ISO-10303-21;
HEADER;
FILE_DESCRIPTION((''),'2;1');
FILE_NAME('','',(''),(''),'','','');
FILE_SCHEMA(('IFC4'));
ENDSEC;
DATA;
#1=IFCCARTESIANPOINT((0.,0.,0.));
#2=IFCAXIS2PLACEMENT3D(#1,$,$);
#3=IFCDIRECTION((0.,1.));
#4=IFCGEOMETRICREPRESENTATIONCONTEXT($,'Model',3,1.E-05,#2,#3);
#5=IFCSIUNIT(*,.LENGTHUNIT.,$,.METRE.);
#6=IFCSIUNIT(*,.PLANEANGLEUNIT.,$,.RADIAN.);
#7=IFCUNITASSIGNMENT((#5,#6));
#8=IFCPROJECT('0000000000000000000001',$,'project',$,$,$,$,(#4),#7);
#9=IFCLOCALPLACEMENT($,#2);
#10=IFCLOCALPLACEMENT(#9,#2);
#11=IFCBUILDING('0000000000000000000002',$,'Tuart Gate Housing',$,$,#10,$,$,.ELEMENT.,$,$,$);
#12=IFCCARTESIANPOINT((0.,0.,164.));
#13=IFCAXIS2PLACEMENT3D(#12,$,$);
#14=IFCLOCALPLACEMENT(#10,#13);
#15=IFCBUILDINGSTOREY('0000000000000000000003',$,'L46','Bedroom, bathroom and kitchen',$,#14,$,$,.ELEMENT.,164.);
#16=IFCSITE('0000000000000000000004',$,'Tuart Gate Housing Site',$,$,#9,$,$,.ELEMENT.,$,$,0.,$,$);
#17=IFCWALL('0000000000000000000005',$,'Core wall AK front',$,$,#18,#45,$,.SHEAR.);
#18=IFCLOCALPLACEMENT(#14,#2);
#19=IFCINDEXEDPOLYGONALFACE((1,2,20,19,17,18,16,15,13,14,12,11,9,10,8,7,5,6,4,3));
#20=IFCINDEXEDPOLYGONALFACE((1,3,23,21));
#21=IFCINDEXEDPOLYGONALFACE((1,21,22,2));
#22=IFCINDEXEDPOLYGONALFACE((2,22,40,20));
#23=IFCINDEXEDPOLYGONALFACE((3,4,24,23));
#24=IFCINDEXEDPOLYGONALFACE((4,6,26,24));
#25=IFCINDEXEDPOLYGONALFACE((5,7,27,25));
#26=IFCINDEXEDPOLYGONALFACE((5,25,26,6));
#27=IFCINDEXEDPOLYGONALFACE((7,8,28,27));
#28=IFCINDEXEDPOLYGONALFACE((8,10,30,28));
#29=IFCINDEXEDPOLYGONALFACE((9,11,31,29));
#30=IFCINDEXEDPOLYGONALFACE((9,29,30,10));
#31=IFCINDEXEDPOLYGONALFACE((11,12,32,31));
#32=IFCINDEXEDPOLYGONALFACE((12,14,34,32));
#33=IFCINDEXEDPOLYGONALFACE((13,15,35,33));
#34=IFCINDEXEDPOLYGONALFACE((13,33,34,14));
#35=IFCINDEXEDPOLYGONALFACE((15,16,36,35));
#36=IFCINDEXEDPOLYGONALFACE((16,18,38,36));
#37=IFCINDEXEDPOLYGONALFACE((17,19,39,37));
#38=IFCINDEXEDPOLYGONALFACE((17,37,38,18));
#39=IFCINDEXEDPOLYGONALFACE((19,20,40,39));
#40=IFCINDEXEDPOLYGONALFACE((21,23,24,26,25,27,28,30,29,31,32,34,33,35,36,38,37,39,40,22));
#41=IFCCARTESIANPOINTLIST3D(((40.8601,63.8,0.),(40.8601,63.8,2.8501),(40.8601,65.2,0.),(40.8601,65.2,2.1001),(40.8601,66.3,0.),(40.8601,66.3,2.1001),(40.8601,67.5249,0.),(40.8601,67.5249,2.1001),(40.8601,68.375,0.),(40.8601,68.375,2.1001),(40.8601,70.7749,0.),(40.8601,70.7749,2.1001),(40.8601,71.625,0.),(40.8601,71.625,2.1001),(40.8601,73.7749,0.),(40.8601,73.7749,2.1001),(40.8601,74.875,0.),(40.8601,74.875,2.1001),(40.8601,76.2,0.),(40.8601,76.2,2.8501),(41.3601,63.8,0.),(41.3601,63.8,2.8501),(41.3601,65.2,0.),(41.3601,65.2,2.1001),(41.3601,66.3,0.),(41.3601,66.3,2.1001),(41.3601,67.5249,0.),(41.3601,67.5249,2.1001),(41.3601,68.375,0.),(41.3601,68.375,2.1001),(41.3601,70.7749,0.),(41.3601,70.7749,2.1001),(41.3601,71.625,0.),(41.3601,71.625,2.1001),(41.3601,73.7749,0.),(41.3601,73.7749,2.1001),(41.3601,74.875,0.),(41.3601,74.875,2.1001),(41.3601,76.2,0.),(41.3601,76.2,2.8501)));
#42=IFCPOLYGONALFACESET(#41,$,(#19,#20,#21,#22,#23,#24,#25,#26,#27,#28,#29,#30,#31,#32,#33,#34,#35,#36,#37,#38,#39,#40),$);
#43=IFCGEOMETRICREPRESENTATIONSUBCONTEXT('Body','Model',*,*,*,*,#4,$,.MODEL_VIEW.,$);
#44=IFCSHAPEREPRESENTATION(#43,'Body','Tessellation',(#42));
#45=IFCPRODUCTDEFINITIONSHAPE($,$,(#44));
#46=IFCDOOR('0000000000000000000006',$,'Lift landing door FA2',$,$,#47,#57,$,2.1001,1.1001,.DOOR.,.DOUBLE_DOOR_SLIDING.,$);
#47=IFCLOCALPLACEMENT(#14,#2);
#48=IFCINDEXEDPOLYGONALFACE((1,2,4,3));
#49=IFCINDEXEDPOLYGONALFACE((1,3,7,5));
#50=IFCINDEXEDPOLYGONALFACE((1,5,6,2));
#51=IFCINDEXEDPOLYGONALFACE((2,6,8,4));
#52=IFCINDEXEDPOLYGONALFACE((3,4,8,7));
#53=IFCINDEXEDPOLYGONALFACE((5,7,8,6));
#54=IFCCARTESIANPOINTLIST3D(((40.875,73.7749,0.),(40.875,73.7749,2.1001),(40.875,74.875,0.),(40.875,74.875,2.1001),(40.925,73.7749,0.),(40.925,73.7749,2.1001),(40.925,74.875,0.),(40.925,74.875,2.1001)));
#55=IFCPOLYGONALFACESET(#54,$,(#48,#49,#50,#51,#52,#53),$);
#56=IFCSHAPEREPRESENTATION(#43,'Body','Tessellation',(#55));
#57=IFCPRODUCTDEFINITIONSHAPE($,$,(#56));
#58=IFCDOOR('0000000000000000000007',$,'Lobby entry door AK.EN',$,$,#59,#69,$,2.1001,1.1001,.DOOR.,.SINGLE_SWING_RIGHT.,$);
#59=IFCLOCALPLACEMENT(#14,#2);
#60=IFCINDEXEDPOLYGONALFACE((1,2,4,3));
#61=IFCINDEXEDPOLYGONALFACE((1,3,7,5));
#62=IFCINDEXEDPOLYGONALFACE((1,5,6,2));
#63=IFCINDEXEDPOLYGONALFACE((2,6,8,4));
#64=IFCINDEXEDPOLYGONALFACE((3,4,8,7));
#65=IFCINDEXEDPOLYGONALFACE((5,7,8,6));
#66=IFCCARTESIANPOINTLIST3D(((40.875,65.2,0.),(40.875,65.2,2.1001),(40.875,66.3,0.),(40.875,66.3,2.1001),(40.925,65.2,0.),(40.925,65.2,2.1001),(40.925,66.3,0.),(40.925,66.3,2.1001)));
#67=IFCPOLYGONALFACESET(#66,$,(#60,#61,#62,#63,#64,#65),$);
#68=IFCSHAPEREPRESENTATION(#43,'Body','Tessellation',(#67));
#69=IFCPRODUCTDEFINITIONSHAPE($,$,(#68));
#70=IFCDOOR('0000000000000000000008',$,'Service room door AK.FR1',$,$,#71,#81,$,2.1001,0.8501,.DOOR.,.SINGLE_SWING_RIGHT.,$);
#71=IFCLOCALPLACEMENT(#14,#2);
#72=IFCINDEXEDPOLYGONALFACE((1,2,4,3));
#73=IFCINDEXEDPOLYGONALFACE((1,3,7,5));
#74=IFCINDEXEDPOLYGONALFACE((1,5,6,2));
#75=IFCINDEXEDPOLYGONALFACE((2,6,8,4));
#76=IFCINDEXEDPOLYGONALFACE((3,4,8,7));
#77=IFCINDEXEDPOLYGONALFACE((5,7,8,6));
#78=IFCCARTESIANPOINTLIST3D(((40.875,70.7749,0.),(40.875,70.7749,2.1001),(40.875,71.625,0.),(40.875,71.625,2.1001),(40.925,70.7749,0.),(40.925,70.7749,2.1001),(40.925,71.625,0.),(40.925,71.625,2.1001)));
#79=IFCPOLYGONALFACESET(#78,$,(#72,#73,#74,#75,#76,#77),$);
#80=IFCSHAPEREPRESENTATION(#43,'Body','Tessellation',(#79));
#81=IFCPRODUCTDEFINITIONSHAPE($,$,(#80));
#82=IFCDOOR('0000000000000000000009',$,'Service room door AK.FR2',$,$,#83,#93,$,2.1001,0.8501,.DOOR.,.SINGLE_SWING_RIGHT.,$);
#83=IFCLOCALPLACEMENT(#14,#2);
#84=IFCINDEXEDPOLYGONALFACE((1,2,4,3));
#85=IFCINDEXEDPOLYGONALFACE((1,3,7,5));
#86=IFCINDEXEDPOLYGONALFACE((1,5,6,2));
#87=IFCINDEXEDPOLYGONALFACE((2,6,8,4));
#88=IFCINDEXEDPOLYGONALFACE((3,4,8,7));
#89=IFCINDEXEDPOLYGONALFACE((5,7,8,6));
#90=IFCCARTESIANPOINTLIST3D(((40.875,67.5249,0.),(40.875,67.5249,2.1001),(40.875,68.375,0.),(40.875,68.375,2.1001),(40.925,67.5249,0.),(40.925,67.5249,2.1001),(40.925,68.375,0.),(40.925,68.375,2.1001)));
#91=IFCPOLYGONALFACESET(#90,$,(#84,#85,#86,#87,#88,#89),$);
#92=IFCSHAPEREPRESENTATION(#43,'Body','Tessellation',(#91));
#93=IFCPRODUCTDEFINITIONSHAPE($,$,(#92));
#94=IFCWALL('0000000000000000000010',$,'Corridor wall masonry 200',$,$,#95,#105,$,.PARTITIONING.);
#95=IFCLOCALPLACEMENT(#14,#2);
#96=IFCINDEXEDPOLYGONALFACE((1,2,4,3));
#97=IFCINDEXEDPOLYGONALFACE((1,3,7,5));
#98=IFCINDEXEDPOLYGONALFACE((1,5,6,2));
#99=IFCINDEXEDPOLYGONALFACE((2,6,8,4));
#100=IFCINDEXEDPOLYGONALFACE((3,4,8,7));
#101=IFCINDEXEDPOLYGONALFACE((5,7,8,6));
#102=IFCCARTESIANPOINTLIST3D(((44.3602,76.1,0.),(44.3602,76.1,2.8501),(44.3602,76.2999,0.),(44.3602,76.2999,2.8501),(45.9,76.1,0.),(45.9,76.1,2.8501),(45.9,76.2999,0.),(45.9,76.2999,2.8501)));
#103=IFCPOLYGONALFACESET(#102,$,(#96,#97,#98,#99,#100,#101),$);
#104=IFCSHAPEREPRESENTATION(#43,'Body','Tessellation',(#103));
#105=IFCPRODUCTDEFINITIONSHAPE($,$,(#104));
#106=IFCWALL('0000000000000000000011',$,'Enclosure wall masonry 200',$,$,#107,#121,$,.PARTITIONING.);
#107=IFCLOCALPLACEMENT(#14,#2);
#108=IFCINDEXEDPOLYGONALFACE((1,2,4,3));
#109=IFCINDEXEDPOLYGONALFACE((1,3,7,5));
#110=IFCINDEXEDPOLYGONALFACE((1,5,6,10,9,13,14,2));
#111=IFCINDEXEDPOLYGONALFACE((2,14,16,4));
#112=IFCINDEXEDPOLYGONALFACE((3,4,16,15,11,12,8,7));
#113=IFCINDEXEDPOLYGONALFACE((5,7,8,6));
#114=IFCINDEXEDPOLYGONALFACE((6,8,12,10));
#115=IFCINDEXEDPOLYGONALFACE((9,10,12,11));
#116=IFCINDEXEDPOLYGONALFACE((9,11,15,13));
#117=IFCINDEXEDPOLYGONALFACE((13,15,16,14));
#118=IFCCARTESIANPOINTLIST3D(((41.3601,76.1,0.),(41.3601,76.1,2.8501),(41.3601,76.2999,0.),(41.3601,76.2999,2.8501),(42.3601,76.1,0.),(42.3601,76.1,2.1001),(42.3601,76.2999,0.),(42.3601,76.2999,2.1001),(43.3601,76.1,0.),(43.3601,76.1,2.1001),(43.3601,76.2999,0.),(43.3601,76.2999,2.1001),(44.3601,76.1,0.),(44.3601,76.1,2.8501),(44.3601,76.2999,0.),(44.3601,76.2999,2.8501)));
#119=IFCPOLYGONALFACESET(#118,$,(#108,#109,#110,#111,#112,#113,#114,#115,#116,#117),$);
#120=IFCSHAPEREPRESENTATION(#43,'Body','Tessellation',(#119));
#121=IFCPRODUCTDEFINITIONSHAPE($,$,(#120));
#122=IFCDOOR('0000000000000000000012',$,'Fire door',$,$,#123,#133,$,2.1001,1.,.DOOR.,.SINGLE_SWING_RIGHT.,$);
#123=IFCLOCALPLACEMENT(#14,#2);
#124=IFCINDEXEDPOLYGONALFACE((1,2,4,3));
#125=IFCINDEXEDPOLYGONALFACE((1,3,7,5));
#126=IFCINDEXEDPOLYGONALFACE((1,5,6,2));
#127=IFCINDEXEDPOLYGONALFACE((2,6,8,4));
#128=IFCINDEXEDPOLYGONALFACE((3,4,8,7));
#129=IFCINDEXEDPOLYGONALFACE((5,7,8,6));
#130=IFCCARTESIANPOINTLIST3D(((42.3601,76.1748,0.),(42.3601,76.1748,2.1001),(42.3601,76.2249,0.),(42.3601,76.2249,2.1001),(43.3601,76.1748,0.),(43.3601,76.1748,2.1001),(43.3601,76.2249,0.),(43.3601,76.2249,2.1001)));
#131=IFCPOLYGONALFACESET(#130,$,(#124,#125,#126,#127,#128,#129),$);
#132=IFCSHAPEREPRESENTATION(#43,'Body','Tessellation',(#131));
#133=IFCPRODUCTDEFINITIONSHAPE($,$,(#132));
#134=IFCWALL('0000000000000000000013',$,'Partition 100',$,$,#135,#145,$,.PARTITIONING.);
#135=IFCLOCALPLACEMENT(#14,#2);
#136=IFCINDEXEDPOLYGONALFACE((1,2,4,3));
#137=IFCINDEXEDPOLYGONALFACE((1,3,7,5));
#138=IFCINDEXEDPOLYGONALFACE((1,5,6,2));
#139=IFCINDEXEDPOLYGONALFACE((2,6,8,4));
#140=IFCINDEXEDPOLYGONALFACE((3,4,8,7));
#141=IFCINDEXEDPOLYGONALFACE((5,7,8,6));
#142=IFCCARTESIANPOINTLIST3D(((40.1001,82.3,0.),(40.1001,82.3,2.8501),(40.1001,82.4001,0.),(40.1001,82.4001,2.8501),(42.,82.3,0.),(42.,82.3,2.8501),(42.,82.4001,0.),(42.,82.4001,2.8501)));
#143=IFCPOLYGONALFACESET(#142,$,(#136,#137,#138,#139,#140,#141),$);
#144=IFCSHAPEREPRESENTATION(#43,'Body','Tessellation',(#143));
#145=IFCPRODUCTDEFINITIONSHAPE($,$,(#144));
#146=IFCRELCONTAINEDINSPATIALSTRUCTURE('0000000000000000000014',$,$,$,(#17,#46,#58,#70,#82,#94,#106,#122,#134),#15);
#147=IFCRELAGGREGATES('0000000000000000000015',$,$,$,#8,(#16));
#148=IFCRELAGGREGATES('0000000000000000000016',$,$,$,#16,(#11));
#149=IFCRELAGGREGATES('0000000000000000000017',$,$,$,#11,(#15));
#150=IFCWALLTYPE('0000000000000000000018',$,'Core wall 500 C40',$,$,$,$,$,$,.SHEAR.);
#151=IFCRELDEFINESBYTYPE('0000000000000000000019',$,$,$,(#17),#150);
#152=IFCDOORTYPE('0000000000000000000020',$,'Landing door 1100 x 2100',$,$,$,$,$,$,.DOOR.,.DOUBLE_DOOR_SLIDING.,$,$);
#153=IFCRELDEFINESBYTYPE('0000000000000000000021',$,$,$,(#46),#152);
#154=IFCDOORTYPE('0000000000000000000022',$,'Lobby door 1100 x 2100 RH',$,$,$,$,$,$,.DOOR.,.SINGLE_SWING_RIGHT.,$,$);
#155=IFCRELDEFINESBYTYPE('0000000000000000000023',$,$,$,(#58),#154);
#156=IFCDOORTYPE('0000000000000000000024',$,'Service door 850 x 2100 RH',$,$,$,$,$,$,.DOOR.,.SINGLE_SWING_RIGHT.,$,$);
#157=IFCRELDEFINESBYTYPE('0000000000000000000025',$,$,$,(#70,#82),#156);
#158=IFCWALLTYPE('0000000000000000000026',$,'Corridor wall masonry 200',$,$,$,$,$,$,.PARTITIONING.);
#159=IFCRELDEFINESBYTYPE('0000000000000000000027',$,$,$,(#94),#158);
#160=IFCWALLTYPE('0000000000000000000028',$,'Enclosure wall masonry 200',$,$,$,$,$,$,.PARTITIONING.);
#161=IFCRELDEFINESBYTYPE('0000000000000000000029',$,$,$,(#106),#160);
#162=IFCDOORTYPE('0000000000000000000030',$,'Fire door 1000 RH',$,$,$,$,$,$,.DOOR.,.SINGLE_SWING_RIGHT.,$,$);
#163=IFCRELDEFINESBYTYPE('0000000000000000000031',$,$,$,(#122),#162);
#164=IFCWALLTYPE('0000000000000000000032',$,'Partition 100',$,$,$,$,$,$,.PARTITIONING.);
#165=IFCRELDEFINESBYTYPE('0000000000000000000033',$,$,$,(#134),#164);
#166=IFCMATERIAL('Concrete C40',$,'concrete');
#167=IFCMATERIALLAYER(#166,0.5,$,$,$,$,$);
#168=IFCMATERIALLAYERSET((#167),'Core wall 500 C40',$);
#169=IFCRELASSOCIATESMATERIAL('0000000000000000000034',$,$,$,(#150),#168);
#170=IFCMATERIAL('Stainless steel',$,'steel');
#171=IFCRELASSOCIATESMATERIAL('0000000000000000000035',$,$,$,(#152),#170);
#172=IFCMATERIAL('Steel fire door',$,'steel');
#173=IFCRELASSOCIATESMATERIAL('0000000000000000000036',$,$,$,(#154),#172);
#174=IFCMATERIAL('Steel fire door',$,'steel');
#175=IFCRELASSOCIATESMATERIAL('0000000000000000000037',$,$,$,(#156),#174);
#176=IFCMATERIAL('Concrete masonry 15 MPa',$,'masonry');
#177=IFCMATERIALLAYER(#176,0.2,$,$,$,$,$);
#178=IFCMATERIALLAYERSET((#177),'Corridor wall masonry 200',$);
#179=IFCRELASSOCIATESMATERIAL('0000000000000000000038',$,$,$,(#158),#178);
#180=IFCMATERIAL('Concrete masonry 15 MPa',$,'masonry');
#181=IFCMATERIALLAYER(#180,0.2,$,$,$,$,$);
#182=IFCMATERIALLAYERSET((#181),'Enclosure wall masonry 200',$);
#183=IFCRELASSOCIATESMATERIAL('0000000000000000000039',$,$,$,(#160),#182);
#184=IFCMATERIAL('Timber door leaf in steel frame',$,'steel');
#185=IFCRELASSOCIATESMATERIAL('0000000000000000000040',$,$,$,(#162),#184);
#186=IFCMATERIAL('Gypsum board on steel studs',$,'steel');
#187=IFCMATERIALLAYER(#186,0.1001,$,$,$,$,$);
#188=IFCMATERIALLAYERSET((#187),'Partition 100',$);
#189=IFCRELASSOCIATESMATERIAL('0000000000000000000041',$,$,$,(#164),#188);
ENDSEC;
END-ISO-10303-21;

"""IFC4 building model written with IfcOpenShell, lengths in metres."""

from ifc_helpers import new_model, si_unit, direction, frame, frame_2d, origin, place, context, subcontext, project, spatial, rectangle, extrude, material, layer, layer_set, type_object, element, fill, save


model = new_model("IFC4")

# Units and contexts
model_context = context("Model", 3, precision=1e-05, world=origin(), true_north=direction((0.0, 1.0)))
body_context = subcontext(model_context, "Body", "Model", "MODEL_VIEW")
ifc_project = project(units=[si_unit("LENGTHUNIT", "METRE"), si_unit("PLANEANGLEUNIT", "RADIAN")], contexts=[model_context])

# Site, building, storey
site_placement = place(None, origin())
site = spatial("IfcSite", under=ifc_project, at=site_placement, Name="Tuart Gate Housing Site", CompositionType="ELEMENT", RefElevation=0.0)
building_placement = place(site_placement, origin())
building = spatial("IfcBuilding", under=site, at=building_placement, Name="Tuart Gate Housing", CompositionType="ELEMENT")
storey_placement = place(building_placement, frame((0.0, 0.0, 164.0)))
storey = spatial("IfcBuildingStorey", under=building, at=storey_placement, Name="L46", Description="Bedroom, bathroom and kitchen", CompositionType="ELEMENT", Elevation=164.0)

# Wall, openings, doors
ifc_material_1 = material(Name="Concrete C40", Category="concrete")
ifc_layer_1 = layer(ifc_material_1, 0.5)
ifc_layer_set_1 = layer_set([ifc_layer_1], Name="Core wall 500 C40")
wall_type_1 = type_object("IfcWallType", Name="Core wall 500 C40", PredefinedType="SHEAR", material=ifc_layer_set_1)
wall_1_placement = place(storey_placement, frame((41.1101, 76.2, 0.0), z_axis=(0.0, 0.0, 1.0), x_axis=(0.0, -1.0, 0.0)))
wall_1 = element("IfcWall", 1, at=wall_1_placement, inside=storey, type_object=wall_type_1, Name="Core wall AK front", PredefinedType="SHEAR", context=body_context, shape_type="SweptSolid", body=[
    extrude(rectangle(XDim=12.3999, YDim=0.5, at=frame_2d((6.2, 0.0))), origin(), (0.0, 0.0, 1.0), 2.8501),
])
opening_1_placement = place(wall_1_placement, frame((1.325, 0.0, 0.0)))
opening_1 = element("IfcOpeningElement", 2, at=opening_1_placement, cuts=wall_1, PredefinedType="OPENING", context=body_context, shape_type="SweptSolid", body=[
    extrude(rectangle(XDim=1.1001, YDim=2.1001, at=frame_2d((0.55, 1.05))), frame((0.0, 0.26, 0.0), z_axis=(0.0, -1.0, 0.0), x_axis=(1.0, 0.0, 0.0)), (0.0, 0.0, 1.0), 0.52),
])
opening_2_placement = place(wall_1_placement, frame((4.575, 0.0, 0.0)))
opening_2 = element("IfcOpeningElement", 3, at=opening_2_placement, cuts=wall_1, PredefinedType="OPENING", context=body_context, shape_type="SweptSolid", body=[
    extrude(rectangle(XDim=0.8501, YDim=2.1001, at=frame_2d((0.425, 1.05))), frame((0.0, 0.26, 0.0), z_axis=(0.0, -1.0, 0.0), x_axis=(1.0, 0.0, 0.0)), (0.0, 0.0, 1.0), 0.52),
])
opening_3_placement = place(wall_1_placement, frame((7.825, 0.0, 0.0)))
opening_3 = element("IfcOpeningElement", 4, at=opening_3_placement, cuts=wall_1, PredefinedType="OPENING", context=body_context, shape_type="SweptSolid", body=[
    extrude(rectangle(XDim=0.8501, YDim=2.1001, at=frame_2d((0.425, 1.05))), frame((0.0, 0.26, 0.0), z_axis=(0.0, -1.0, 0.0), x_axis=(1.0, 0.0, 0.0)), (0.0, 0.0, 1.0), 0.52),
])
opening_4_placement = place(wall_1_placement, frame((9.8999, 0.0, 0.0)))
opening_4 = element("IfcOpeningElement", 5, at=opening_4_placement, cuts=wall_1, PredefinedType="OPENING", context=body_context, shape_type="SweptSolid", body=[
    extrude(rectangle(XDim=1.1001, YDim=2.1001, at=frame_2d((0.55, 1.05))), frame((0.0, 0.26, 0.0), z_axis=(0.0, -1.0, 0.0), x_axis=(1.0, 0.0, 0.0)), (0.0, 0.0, 1.0), 0.52),
])
ifc_material_2 = material(Name="Stainless steel", Category="steel")
door_type_1 = type_object("IfcDoorType", Name="Landing door 1100 x 2100", OperationType="DOUBLE_DOOR_SLIDING", PredefinedType="DOOR", material=ifc_material_2)
door_1_placement = place(opening_1_placement, origin())
door_1 = element("IfcDoor", 6, at=door_1_placement, inside=storey, type_object=door_type_1, Name="Lift landing door FA2", OperationType="DOUBLE_DOOR_SLIDING", OverallHeight=2.1001, OverallWidth=1.1001, PredefinedType="DOOR", context=body_context, shape_type="SweptSolid", body=[
    extrude(rectangle(XDim=1.1001, YDim=2.1001, at=frame_2d((0.55, 1.05))), frame((0.0, -0.1851, 0.0), z_axis=(0.0, -1.0, 0.0), x_axis=(1.0, 0.0, 0.0)), (0.0, 0.0, 1.0), 0.05),
])
fill(opening_1, door_1)
ifc_material_3 = material(Name="Steel fire door", Category="steel")
door_type_2 = type_object("IfcDoorType", Name="Lobby door 1100 x 2100 RH", OperationType="SINGLE_SWING_RIGHT", PredefinedType="DOOR", material=ifc_material_3)
door_2_placement = place(opening_4_placement, frame((1.1001, 0.0, 0.0), z_axis=(0.0, 0.0, 1.0), x_axis=(-1.0, 0.0, 0.0)))
door_2 = element("IfcDoor", 7, at=door_2_placement, inside=storey, type_object=door_type_2, Name="Lobby entry door AK.EN", OperationType="SINGLE_SWING_RIGHT", OverallHeight=2.1001, OverallWidth=1.1001, PredefinedType="DOOR", context=body_context, shape_type="SweptSolid", body=[
    extrude(rectangle(XDim=1.1001, YDim=2.1001, at=frame_2d((0.55, 1.05))), frame((0.0, 0.2351, 0.0), z_axis=(0.0, -1.0, 0.0), x_axis=(1.0, 0.0, 0.0)), (0.0, 0.0, 1.0), 0.05),
])
fill(opening_4, door_2)
ifc_material_4 = material(Name="Steel fire door", Category="steel")
door_type_3 = type_object("IfcDoorType", Name="Service door 850 x 2100 RH", OperationType="SINGLE_SWING_RIGHT", PredefinedType="DOOR", material=ifc_material_4)
door_3_placement = place(opening_2_placement, frame((0.8501, 0.0, 0.0), z_axis=(0.0, 0.0, 1.0), x_axis=(-1.0, 0.0, 0.0)))
door_3 = element("IfcDoor", 8, at=door_3_placement, inside=storey, type_object=door_type_3, Name="Service room door AK.FR1", OperationType="SINGLE_SWING_RIGHT", OverallHeight=2.1001, OverallWidth=0.8501, PredefinedType="DOOR", context=body_context, shape_type="SweptSolid", body=[
    extrude(rectangle(XDim=0.8501, YDim=2.1001, at=frame_2d((0.425, 1.05))), frame((0.0, 0.2351, 0.0), z_axis=(0.0, -1.0, 0.0), x_axis=(1.0, 0.0, 0.0)), (0.0, 0.0, 1.0), 0.05),
])
fill(opening_2, door_3)
door_4_placement = place(opening_3_placement, frame((0.8501, 0.0, 0.0), z_axis=(0.0, 0.0, 1.0), x_axis=(-1.0, 0.0, 0.0)))
door_4 = element("IfcDoor", 9, at=door_4_placement, inside=storey, type_object=door_type_3, Name="Service room door AK.FR2", OperationType="SINGLE_SWING_RIGHT", OverallHeight=2.1001, OverallWidth=0.8501, PredefinedType="DOOR", context=body_context, shape_type="SweptSolid", body=[
    extrude(rectangle(XDim=0.8501, YDim=2.1001, at=frame_2d((0.425, 1.05))), frame((0.0, 0.2351, 0.0), z_axis=(0.0, -1.0, 0.0), x_axis=(1.0, 0.0, 0.0)), (0.0, 0.0, 1.0), 0.05),
])
fill(opening_3, door_4)

# Wall
ifc_material_5 = material(Name="Concrete masonry 15 MPa", Category="masonry")
ifc_layer_2 = layer(ifc_material_5, 0.2)
ifc_layer_set_2 = layer_set([ifc_layer_2], Name="Corridor wall masonry 200")
wall_type_2 = type_object("IfcWallType", Name="Corridor wall masonry 200", PredefinedType="PARTITIONING", material=ifc_layer_set_2)
wall_2_placement = place(storey_placement, frame((44.3601, 76.2, 0.0), z_axis=(0.0, 0.0, 1.0), x_axis=(1.0, 0.0, 0.0)))
element("IfcWall", 10, at=wall_2_placement, inside=storey, type_object=wall_type_2, Name="Corridor wall masonry 200", PredefinedType="PARTITIONING", context=body_context, shape_type="SweptSolid", body=[
    extrude(rectangle(XDim=1.5398, YDim=0.2, at=frame_2d((0.77, 0.0))), origin(), (0.0, 0.0, 1.0), 2.8501),
])

# Wall, opening, door
ifc_material_6 = material(Name="Concrete masonry 15 MPa", Category="masonry")
ifc_layer_3 = layer(ifc_material_6, 0.2)
ifc_layer_set_3 = layer_set([ifc_layer_3], Name="Enclosure wall masonry 200")
wall_type_3 = type_object("IfcWallType", Name="Enclosure wall masonry 200", PredefinedType="PARTITIONING", material=ifc_layer_set_3)
wall_3_placement = place(storey_placement, frame((41.3601, 76.2, 0.0), z_axis=(0.0, 0.0, 1.0), x_axis=(1.0, 0.0, 0.0)))
wall_3 = element("IfcWall", 11, at=wall_3_placement, inside=storey, type_object=wall_type_3, Name="Enclosure wall masonry 200", PredefinedType="PARTITIONING", context=body_context, shape_type="SweptSolid", body=[
    extrude(rectangle(XDim=3.0, YDim=0.2, at=frame_2d((1.5, 0.0))), origin(), (0.0, 0.0, 1.0), 2.8501),
])
opening_5_placement = place(wall_3_placement, frame((1.0, 0.0, 0.0)))
opening_5 = element("IfcOpeningElement", 12, at=opening_5_placement, cuts=wall_3, PredefinedType="OPENING", context=body_context, shape_type="SweptSolid", body=[
    extrude(rectangle(XDim=1.0, YDim=2.1001, at=frame_2d((0.5, 1.05))), frame((0.0, 0.1099, 0.0), z_axis=(0.0, -1.0, 0.0), x_axis=(1.0, 0.0, 0.0)), (0.0, 0.0, 1.0), 0.22),
])
ifc_material_7 = material(Name="Timber door leaf in steel frame", Category="steel")
door_type_4 = type_object("IfcDoorType", Name="Fire door 1000 RH", OperationType="SINGLE_SWING_RIGHT", PredefinedType="DOOR", material=ifc_material_7)
door_5_placement = place(opening_5_placement, origin())
door_5 = element("IfcDoor", 13, at=door_5_placement, inside=storey, type_object=door_type_4, Name="Fire door", OperationType="SINGLE_SWING_RIGHT", OverallHeight=2.1001, OverallWidth=1.0, PredefinedType="DOOR", context=body_context, shape_type="SweptSolid", body=[
    extrude(rectangle(XDim=1.0, YDim=2.1001, at=frame_2d((0.5, 1.05))), frame((0.0, 0.0249, 0.0), z_axis=(0.0, -1.0, 0.0), x_axis=(1.0, 0.0, 0.0)), (0.0, 0.0, 1.0), 0.05),
])
fill(opening_5, door_5)

# Wall
ifc_material_8 = material(Name="Gypsum board on steel studs", Category="steel")
ifc_layer_4 = layer(ifc_material_8, 0.1001)
ifc_layer_set_4 = layer_set([ifc_layer_4], Name="Partition 100")
wall_type_4 = type_object("IfcWallType", Name="Partition 100", PredefinedType="PARTITIONING", material=ifc_layer_set_4)
wall_4_placement = place(storey_placement, frame((40.1001, 82.3501, 0.0), z_axis=(0.0, 0.0, 1.0), x_axis=(1.0, 0.0, 0.0)))
element("IfcWall", 14, at=wall_4_placement, inside=storey, type_object=wall_type_4, Name="Partition 100", PredefinedType="PARTITIONING", context=body_context, shape_type="SweptSolid", body=[
    extrude(rectangle(XDim=1.8999, YDim=0.1001, at=frame_2d((0.95, 0.0))), origin(), (0.0, 0.0, 1.0), 2.8501),
])

save(model, "model.ifc")
